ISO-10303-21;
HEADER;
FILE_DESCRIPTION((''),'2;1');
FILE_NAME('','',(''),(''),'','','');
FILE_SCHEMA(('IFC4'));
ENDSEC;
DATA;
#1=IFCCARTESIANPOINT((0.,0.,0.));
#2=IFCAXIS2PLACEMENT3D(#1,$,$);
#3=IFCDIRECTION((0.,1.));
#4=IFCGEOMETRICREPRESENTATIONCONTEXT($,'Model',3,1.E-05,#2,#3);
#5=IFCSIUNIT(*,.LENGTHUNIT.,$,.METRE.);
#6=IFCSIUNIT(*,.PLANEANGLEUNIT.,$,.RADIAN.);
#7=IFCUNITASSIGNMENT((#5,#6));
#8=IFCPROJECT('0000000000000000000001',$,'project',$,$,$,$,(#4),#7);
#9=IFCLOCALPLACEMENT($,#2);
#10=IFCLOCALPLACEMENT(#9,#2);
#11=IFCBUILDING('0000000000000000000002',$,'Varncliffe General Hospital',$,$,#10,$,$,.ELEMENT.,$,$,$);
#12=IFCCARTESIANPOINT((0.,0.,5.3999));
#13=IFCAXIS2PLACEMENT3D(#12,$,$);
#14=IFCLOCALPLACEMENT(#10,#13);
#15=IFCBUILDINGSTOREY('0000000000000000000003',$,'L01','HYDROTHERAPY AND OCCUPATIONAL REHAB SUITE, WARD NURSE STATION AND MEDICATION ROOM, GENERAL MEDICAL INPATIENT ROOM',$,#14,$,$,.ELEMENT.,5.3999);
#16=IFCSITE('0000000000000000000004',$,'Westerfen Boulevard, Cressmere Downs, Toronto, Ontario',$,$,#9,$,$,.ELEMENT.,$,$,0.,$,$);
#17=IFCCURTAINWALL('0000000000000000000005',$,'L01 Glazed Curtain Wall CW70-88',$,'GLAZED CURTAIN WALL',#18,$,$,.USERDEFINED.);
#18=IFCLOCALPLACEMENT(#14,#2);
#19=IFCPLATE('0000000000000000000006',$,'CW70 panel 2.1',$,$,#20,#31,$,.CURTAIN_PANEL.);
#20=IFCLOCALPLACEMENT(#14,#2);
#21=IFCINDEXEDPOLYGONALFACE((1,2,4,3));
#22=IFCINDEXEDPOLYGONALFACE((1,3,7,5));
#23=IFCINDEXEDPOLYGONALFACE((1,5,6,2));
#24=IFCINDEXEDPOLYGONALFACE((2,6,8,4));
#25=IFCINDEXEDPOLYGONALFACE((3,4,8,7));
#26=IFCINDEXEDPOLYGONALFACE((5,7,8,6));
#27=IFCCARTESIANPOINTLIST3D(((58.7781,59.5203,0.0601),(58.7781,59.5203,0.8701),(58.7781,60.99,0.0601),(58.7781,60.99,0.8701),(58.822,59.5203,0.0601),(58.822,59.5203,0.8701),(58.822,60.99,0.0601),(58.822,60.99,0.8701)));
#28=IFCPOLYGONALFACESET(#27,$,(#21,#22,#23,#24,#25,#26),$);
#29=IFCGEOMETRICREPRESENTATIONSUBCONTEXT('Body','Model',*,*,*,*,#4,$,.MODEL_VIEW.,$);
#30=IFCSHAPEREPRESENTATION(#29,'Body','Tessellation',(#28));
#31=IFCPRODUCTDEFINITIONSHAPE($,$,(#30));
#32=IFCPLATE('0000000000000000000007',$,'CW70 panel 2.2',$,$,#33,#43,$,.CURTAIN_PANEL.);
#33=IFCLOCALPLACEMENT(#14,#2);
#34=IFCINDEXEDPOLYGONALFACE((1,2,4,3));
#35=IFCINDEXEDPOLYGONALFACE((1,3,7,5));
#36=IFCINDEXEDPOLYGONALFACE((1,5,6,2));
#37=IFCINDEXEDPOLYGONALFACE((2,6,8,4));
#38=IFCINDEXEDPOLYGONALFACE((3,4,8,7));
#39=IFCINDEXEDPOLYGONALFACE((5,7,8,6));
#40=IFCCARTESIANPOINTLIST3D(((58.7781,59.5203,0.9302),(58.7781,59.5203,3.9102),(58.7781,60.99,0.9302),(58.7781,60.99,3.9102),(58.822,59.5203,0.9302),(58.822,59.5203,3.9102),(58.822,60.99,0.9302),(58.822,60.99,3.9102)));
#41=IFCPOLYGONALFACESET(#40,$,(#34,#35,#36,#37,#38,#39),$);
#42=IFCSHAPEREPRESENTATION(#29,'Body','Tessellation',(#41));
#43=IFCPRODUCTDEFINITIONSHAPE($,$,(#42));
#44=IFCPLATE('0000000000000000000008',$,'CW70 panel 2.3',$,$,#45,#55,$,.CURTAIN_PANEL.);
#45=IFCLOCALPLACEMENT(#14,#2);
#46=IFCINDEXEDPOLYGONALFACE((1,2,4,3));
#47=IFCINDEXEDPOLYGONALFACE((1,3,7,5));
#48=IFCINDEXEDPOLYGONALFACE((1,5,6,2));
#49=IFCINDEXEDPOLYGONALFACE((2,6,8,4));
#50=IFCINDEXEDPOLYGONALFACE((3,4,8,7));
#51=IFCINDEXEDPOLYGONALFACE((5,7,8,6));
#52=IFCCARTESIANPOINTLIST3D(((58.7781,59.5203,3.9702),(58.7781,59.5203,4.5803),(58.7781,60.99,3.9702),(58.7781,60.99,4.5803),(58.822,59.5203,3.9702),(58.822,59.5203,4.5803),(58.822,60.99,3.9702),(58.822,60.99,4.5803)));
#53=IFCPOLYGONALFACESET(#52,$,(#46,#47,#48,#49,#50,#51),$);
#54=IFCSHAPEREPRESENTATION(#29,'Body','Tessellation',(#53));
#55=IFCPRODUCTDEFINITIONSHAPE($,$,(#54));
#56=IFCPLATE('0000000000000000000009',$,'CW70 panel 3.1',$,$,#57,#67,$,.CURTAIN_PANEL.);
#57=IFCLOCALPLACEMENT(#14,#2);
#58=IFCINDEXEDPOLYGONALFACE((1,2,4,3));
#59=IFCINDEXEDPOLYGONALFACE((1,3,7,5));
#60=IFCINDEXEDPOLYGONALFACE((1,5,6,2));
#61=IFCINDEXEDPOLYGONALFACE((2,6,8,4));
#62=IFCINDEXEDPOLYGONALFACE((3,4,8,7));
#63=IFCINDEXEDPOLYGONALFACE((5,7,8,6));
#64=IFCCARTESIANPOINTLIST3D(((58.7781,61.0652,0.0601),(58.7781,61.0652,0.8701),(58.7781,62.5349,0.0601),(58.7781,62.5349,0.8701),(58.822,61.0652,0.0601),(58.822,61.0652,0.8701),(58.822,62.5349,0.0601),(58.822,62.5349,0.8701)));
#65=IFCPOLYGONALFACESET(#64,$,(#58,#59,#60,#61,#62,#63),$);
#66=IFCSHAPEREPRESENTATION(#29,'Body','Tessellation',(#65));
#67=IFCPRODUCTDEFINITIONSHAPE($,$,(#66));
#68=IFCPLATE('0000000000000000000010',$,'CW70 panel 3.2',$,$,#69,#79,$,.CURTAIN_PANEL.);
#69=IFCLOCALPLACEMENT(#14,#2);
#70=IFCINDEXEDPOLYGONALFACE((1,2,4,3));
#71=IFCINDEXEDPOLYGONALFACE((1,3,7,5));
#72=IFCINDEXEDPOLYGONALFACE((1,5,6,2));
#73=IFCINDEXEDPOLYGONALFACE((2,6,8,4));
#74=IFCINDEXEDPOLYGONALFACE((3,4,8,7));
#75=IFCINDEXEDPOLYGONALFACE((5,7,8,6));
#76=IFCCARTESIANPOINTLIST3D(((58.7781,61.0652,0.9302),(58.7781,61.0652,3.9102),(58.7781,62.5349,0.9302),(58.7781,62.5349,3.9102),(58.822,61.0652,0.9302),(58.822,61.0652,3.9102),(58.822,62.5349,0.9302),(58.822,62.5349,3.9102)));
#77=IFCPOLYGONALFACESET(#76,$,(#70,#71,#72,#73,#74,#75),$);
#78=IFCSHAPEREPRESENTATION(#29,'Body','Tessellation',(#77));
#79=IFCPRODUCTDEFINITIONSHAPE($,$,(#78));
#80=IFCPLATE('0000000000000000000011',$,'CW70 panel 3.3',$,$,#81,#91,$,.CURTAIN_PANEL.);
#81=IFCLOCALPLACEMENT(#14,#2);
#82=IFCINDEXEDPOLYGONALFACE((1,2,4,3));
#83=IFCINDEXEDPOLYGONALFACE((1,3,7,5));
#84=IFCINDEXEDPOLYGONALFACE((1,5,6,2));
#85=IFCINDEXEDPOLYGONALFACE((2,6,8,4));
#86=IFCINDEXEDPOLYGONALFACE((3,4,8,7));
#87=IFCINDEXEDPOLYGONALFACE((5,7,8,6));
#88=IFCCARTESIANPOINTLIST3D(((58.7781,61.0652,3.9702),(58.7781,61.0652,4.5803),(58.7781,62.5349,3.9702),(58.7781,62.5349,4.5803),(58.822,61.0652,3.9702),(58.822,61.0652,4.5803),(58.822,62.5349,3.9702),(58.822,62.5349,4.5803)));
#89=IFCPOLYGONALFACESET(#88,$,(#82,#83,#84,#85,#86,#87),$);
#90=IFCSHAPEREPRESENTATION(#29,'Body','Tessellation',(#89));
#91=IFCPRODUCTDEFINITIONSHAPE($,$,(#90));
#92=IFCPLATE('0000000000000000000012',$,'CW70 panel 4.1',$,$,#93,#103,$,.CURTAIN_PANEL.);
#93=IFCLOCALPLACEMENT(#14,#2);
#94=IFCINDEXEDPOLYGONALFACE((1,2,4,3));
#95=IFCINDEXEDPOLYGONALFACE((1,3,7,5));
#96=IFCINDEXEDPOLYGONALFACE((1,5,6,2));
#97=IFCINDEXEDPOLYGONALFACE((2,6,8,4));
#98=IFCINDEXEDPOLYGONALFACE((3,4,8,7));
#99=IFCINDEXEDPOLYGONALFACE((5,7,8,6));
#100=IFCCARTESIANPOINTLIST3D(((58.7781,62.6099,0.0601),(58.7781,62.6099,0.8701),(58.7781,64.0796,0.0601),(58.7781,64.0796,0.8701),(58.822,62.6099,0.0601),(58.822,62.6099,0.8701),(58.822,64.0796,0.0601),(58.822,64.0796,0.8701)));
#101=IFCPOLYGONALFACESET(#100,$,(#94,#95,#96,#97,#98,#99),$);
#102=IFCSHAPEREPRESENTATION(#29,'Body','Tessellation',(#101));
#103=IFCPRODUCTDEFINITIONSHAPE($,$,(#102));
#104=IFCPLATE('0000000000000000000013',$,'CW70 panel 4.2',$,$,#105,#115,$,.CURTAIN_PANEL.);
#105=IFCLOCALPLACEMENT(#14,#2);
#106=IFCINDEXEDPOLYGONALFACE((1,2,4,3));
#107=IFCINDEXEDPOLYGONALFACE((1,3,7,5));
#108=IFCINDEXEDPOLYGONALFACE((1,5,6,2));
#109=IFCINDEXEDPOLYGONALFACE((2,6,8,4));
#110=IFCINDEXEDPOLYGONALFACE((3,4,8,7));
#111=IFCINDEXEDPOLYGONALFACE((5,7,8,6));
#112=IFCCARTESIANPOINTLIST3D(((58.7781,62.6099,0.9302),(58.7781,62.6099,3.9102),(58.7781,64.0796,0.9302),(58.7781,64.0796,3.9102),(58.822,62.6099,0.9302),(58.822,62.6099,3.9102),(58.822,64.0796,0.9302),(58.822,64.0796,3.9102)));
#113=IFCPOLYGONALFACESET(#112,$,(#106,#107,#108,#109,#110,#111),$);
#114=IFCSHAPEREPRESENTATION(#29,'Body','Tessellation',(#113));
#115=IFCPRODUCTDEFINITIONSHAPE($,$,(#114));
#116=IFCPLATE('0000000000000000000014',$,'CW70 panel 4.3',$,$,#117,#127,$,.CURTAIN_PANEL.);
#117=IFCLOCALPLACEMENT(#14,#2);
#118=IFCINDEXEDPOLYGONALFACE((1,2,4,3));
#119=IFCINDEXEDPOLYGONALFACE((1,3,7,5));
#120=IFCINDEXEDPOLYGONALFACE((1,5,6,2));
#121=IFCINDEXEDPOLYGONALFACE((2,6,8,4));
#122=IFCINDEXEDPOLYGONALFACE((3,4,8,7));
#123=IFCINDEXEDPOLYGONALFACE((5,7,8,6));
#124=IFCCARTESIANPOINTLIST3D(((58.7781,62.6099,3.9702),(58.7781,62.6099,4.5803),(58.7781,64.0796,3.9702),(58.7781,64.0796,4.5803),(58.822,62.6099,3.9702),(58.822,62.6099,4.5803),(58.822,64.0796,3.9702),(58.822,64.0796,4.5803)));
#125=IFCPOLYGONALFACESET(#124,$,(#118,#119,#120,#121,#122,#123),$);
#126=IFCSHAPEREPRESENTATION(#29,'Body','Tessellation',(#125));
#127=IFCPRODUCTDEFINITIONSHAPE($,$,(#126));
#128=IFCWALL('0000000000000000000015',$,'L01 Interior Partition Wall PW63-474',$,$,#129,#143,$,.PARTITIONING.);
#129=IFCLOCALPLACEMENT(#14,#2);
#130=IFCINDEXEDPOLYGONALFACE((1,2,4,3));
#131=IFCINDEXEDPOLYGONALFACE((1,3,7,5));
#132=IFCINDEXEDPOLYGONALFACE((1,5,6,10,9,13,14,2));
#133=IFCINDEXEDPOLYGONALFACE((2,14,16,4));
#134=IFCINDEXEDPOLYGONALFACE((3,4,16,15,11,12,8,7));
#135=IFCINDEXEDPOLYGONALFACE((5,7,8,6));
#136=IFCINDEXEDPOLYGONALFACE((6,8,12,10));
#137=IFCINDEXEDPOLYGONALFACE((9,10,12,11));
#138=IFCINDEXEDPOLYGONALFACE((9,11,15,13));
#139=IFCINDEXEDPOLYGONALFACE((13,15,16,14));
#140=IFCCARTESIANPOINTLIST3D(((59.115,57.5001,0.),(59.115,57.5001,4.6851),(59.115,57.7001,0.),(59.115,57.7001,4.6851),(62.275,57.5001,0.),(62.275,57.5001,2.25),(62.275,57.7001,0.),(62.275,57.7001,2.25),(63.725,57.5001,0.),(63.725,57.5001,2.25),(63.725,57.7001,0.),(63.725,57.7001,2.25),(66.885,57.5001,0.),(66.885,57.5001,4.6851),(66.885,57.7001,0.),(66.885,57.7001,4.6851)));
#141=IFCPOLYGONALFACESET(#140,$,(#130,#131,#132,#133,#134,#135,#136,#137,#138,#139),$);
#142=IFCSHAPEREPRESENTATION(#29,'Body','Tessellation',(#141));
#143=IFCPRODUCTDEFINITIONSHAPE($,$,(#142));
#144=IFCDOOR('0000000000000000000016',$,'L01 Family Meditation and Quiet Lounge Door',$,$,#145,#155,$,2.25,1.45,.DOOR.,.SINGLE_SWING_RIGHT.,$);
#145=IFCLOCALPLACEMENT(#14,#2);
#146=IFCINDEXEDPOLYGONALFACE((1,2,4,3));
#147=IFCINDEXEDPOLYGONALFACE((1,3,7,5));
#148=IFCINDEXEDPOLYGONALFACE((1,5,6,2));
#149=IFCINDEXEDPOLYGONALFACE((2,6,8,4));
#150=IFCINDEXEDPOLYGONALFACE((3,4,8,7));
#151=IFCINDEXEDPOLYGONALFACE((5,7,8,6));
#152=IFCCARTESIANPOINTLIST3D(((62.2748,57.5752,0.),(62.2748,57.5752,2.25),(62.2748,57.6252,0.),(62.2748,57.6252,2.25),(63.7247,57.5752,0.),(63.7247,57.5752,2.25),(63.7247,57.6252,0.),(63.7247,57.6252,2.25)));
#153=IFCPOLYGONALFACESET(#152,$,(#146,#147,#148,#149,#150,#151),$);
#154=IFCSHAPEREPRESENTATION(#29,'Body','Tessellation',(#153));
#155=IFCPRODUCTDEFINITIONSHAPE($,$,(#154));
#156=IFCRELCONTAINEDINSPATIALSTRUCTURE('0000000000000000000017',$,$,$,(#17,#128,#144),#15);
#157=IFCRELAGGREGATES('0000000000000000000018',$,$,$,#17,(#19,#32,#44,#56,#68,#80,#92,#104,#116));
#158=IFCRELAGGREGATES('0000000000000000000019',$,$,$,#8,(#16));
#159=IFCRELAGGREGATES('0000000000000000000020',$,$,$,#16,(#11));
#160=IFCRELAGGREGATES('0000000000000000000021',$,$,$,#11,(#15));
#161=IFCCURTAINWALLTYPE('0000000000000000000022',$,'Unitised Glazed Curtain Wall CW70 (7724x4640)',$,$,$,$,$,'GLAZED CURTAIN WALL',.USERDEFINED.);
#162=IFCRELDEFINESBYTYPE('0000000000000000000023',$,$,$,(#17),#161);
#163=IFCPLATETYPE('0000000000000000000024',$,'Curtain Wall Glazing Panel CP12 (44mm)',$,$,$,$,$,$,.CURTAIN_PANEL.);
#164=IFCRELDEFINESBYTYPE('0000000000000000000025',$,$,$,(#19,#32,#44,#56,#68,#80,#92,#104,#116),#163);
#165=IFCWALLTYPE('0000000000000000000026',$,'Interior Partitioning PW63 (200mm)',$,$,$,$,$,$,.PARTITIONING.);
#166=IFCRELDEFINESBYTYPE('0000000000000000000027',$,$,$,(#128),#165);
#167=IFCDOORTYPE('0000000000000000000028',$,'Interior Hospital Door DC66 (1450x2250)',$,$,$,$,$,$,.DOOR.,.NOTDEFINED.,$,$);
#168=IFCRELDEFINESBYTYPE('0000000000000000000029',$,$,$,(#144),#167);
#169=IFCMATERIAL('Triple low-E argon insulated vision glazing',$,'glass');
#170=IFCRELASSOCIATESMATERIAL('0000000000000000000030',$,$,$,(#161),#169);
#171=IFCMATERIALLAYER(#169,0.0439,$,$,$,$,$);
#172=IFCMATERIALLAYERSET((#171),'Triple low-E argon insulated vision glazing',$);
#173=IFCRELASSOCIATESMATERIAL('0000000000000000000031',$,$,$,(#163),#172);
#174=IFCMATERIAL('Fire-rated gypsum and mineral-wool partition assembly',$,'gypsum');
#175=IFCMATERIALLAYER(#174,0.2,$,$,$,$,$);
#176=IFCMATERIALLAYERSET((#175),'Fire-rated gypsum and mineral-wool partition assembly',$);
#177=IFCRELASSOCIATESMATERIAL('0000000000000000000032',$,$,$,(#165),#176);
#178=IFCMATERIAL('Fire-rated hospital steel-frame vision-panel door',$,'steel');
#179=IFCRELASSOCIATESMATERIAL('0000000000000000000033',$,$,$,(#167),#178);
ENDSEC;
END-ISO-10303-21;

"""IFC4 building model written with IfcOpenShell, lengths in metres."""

from ifc_helpers import new_model, si_unit, direction, frame, frame_2d, origin, origin_2d, place, context, subcontext, project, spatial, rectangle, extrude, material, layer, layer_set, type_object, element, fill, aggregate, save


model = new_model("IFC4")

# Units and contexts
model_context = context("Model", 3, precision=1e-05, world=origin(), true_north=direction((0.0, 1.0)))
body_context = subcontext(model_context, "Body", "Model", "MODEL_VIEW")
ifc_project = project(units=[si_unit("LENGTHUNIT", "METRE"), si_unit("PLANEANGLEUNIT", "RADIAN")], contexts=[model_context])

# Site, building, storey
site_placement = place(None, origin())
site = spatial("IfcSite", under=ifc_project, at=site_placement, Name="Westerfen Boulevard, Cressmere Downs, Toronto, Ontario", CompositionType="ELEMENT", RefElevation=0.0)
building_placement = place(site_placement, origin())
building = spatial("IfcBuilding", under=site, at=building_placement, Name="Varncliffe General Hospital", CompositionType="ELEMENT")
storey_placement = place(building_placement, frame((0.0, 0.0, 5.3999)))
storey = spatial("IfcBuildingStorey", under=building, at=storey_placement, Name="L01", Description="HYDROTHERAPY AND OCCUPATIONAL REHAB SUITE, WARD NURSE STATION AND MEDICATION ROOM, GENERAL MEDICAL INPATIENT ROOM", CompositionType="ELEMENT", Elevation=5.3999)

# Curtain wall
ifc_material_1 = material(Name="Triple low-E argon insulated vision glazing", Category="glass")
curtain_wall_type_1 = type_object("IfcCurtainWallType", Name="Unitised Glazed Curtain Wall CW70 (7724x4640)", ElementType="GLAZED CURTAIN WALL", PredefinedType="USERDEFINED", material=ifc_material_1)
curtain_wall_1_placement = place(storey_placement, origin())
curtain_wall_1 = element("IfcCurtainWall", 1, at=curtain_wall_1_placement, inside=storey, type_object=curtain_wall_type_1, Name="L01 Glazed Curtain Wall CW70-88", ObjectType="GLAZED CURTAIN WALL", PredefinedType="USERDEFINED")

# Plates
ifc_layer_1 = layer(ifc_material_1, 0.0439)
ifc_layer_set_1 = layer_set([ifc_layer_1], Name="Triple low-E argon insulated vision glazing")
plate_type = type_object("IfcPlateType", Name="Curtain Wall Glazing Panel CP12 (44mm)", PredefinedType="CURTAIN_PANEL", material=ifc_layer_set_1)
plate_1_placement = place(storey_placement, frame((58.8, 60.2551, 0.0601), z_axis=(0.0, 0.0, 1.0), x_axis=(0.0, 1.0, 0.0)))
plate_1 = element("IfcPlate", 2, at=plate_1_placement, type_object=plate_type, Name="CW70 panel 2.1", PredefinedType="CURTAIN_PANEL", context=body_context, shape_type="SweptSolid", body=[
    extrude(rectangle(XDim=1.4697, YDim=0.0439, at=origin_2d()), origin(), (0.0, 0.0, 1.0), 0.8101),
])
plate_2_placement = place(storey_placement, frame((58.8, 60.2551, 0.9302), z_axis=(0.0, 0.0, 1.0), x_axis=(0.0, 1.0, 0.0)))
plate_2 = element("IfcPlate", 3, at=plate_2_placement, type_object=plate_type, Name="CW70 panel 2.2", PredefinedType="CURTAIN_PANEL", context=body_context, shape_type="SweptSolid", body=[
    extrude(rectangle(XDim=1.4697, YDim=0.0439, at=origin_2d()), origin(), (0.0, 0.0, 1.0), 2.98),
])
plate_3_placement = place(storey_placement, frame((58.8, 60.2551, 3.9702), z_axis=(0.0, 0.0, 1.0), x_axis=(0.0, 1.0, 0.0)))
plate_3 = element("IfcPlate", 4, at=plate_3_placement, type_object=plate_type, Name="CW70 panel 2.3", PredefinedType="CURTAIN_PANEL", context=body_context, shape_type="SweptSolid", body=[
    extrude(rectangle(XDim=1.4697, YDim=0.0439, at=origin_2d()), origin(), (0.0, 0.0, 1.0), 0.6101),
])
plate_4_placement = place(storey_placement, frame((58.8, 61.8, 0.0601), z_axis=(0.0, 0.0, 1.0), x_axis=(0.0, 1.0, 0.0)))
plate_4 = element("IfcPlate", 5, at=plate_4_placement, type_object=plate_type, Name="CW70 panel 3.1", PredefinedType="CURTAIN_PANEL", context=body_context, shape_type="SweptSolid", body=[
    extrude(rectangle(XDim=1.4697, YDim=0.0439, at=origin_2d()), origin(), (0.0, 0.0, 1.0), 0.8101),
])
plate_5_placement = place(storey_placement, frame((58.8, 61.8, 0.9302), z_axis=(0.0, 0.0, 1.0), x_axis=(0.0, 1.0, 0.0)))
plate_5 = element("IfcPlate", 6, at=plate_5_placement, type_object=plate_type, Name="CW70 panel 3.2", PredefinedType="CURTAIN_PANEL", context=body_context, shape_type="SweptSolid", body=[
    extrude(rectangle(XDim=1.4697, YDim=0.0439, at=origin_2d()), origin(), (0.0, 0.0, 1.0), 2.98),
])
plate_6_placement = place(storey_placement, frame((58.8, 61.8, 3.9702), z_axis=(0.0, 0.0, 1.0), x_axis=(0.0, 1.0, 0.0)))
plate_6 = element("IfcPlate", 7, at=plate_6_placement, type_object=plate_type, Name="CW70 panel 3.3", PredefinedType="CURTAIN_PANEL", context=body_context, shape_type="SweptSolid", body=[
    extrude(rectangle(XDim=1.4697, YDim=0.0439, at=origin_2d()), origin(), (0.0, 0.0, 1.0), 0.6101),
])
plate_7_placement = place(storey_placement, frame((58.8, 63.3447, 0.0601), z_axis=(0.0, 0.0, 1.0), x_axis=(0.0, 1.0, 0.0)))
plate_7 = element("IfcPlate", 8, at=plate_7_placement, type_object=plate_type, Name="CW70 panel 4.1", PredefinedType="CURTAIN_PANEL", context=body_context, shape_type="SweptSolid", body=[
    extrude(rectangle(XDim=1.4697, YDim=0.0439, at=origin_2d()), origin(), (0.0, 0.0, 1.0), 0.8101),
])
plate_8_placement = place(storey_placement, frame((58.8, 63.3447, 0.9302), z_axis=(0.0, 0.0, 1.0), x_axis=(0.0, 1.0, 0.0)))
plate_8 = element("IfcPlate", 9, at=plate_8_placement, type_object=plate_type, Name="CW70 panel 4.2", PredefinedType="CURTAIN_PANEL", context=body_context, shape_type="SweptSolid", body=[
    extrude(rectangle(XDim=1.4697, YDim=0.0439, at=origin_2d()), origin(), (0.0, 0.0, 1.0), 2.98),
])
plate_9_placement = place(storey_placement, frame((58.8, 63.3447, 3.9702), z_axis=(0.0, 0.0, 1.0), x_axis=(0.0, 1.0, 0.0)))
plate_9 = element("IfcPlate", 10, at=plate_9_placement, type_object=plate_type, Name="CW70 panel 4.3", PredefinedType="CURTAIN_PANEL", context=body_context, shape_type="SweptSolid", body=[
    extrude(rectangle(XDim=1.4697, YDim=0.0439, at=origin_2d()), origin(), (0.0, 0.0, 1.0), 0.6101),
])
aggregate(curtain_wall_1, [plate_1, plate_2, plate_3, plate_4, plate_5, plate_6, plate_7, plate_8, plate_9])

# Wall, opening, door
ifc_material_2 = material(Name="Fire-rated gypsum and mineral-wool partition assembly", Category="gypsum")
ifc_layer_2 = layer(ifc_material_2, 0.2)
ifc_layer_set_2 = layer_set([ifc_layer_2], Name="Fire-rated gypsum and mineral-wool partition assembly")
wall_type = type_object("IfcWallType", Name="Interior Partitioning PW63 (200mm)", PredefinedType="PARTITIONING", material=ifc_layer_set_2)
wall_placement = place(storey_placement, frame((59.115, 57.6001, 0.0), z_axis=(0.0, 0.0, 1.0), x_axis=(1.0, 0.0, 0.0)))
wall = element("IfcWall", 11, at=wall_placement, inside=storey, type_object=wall_type, Name="L01 Interior Partition Wall PW63-474", PredefinedType="PARTITIONING", context=body_context, shape_type="SweptSolid", body=[
    extrude(rectangle(XDim=7.77, YDim=0.2, at=frame_2d((3.885, 0.0))), origin(), (0.0, 0.0, 1.0), 4.6851),
])
opening_placement = place(wall_placement, frame((3.1599, 0.0, 0.0)))
opening = element("IfcOpeningElement", 12, at=opening_placement, cuts=wall, PredefinedType="OPENING", context=body_context, shape_type="SweptSolid", body=[
    extrude(rectangle(XDim=1.45, YDim=2.25, at=frame_2d((0.7251, 1.125))), frame((0.0, 0.1099, 0.0), z_axis=(0.0, -1.0, 0.0), x_axis=(1.0, 0.0, 0.0)), (0.0, 0.0, 1.0), 0.22),
])
ifc_material_3 = material(Name="Fire-rated hospital steel-frame vision-panel door", Category="steel")
door_type = type_object("IfcDoorType", Name="Interior Hospital Door DC66 (1450x2250)", OperationType="NOTDEFINED", PredefinedType="DOOR", material=ifc_material_3)
door_placement = place(opening_placement, frame((1.45, 0.0, 0.0), z_axis=(0.0, 0.0, 1.0), x_axis=(-1.0, 0.0, 0.0)))
door = element("IfcDoor", 13, at=door_placement, inside=storey, type_object=door_type, Name="L01 Family Meditation and Quiet Lounge Door", OperationType="SINGLE_SWING_RIGHT", OverallHeight=2.25, OverallWidth=1.45, PredefinedType="DOOR", context=body_context, shape_type="SweptSolid", body=[
    extrude(rectangle(XDim=1.45, YDim=2.25, at=frame_2d((0.7251, 1.125))), frame((0.0, 0.0249, 0.0), z_axis=(0.0, -1.0, 0.0), x_axis=(1.0, 0.0, 0.0)), (0.0, 0.0, 1.0), 0.05),
])
fill(opening, door)

save(model, "model.ifc")
